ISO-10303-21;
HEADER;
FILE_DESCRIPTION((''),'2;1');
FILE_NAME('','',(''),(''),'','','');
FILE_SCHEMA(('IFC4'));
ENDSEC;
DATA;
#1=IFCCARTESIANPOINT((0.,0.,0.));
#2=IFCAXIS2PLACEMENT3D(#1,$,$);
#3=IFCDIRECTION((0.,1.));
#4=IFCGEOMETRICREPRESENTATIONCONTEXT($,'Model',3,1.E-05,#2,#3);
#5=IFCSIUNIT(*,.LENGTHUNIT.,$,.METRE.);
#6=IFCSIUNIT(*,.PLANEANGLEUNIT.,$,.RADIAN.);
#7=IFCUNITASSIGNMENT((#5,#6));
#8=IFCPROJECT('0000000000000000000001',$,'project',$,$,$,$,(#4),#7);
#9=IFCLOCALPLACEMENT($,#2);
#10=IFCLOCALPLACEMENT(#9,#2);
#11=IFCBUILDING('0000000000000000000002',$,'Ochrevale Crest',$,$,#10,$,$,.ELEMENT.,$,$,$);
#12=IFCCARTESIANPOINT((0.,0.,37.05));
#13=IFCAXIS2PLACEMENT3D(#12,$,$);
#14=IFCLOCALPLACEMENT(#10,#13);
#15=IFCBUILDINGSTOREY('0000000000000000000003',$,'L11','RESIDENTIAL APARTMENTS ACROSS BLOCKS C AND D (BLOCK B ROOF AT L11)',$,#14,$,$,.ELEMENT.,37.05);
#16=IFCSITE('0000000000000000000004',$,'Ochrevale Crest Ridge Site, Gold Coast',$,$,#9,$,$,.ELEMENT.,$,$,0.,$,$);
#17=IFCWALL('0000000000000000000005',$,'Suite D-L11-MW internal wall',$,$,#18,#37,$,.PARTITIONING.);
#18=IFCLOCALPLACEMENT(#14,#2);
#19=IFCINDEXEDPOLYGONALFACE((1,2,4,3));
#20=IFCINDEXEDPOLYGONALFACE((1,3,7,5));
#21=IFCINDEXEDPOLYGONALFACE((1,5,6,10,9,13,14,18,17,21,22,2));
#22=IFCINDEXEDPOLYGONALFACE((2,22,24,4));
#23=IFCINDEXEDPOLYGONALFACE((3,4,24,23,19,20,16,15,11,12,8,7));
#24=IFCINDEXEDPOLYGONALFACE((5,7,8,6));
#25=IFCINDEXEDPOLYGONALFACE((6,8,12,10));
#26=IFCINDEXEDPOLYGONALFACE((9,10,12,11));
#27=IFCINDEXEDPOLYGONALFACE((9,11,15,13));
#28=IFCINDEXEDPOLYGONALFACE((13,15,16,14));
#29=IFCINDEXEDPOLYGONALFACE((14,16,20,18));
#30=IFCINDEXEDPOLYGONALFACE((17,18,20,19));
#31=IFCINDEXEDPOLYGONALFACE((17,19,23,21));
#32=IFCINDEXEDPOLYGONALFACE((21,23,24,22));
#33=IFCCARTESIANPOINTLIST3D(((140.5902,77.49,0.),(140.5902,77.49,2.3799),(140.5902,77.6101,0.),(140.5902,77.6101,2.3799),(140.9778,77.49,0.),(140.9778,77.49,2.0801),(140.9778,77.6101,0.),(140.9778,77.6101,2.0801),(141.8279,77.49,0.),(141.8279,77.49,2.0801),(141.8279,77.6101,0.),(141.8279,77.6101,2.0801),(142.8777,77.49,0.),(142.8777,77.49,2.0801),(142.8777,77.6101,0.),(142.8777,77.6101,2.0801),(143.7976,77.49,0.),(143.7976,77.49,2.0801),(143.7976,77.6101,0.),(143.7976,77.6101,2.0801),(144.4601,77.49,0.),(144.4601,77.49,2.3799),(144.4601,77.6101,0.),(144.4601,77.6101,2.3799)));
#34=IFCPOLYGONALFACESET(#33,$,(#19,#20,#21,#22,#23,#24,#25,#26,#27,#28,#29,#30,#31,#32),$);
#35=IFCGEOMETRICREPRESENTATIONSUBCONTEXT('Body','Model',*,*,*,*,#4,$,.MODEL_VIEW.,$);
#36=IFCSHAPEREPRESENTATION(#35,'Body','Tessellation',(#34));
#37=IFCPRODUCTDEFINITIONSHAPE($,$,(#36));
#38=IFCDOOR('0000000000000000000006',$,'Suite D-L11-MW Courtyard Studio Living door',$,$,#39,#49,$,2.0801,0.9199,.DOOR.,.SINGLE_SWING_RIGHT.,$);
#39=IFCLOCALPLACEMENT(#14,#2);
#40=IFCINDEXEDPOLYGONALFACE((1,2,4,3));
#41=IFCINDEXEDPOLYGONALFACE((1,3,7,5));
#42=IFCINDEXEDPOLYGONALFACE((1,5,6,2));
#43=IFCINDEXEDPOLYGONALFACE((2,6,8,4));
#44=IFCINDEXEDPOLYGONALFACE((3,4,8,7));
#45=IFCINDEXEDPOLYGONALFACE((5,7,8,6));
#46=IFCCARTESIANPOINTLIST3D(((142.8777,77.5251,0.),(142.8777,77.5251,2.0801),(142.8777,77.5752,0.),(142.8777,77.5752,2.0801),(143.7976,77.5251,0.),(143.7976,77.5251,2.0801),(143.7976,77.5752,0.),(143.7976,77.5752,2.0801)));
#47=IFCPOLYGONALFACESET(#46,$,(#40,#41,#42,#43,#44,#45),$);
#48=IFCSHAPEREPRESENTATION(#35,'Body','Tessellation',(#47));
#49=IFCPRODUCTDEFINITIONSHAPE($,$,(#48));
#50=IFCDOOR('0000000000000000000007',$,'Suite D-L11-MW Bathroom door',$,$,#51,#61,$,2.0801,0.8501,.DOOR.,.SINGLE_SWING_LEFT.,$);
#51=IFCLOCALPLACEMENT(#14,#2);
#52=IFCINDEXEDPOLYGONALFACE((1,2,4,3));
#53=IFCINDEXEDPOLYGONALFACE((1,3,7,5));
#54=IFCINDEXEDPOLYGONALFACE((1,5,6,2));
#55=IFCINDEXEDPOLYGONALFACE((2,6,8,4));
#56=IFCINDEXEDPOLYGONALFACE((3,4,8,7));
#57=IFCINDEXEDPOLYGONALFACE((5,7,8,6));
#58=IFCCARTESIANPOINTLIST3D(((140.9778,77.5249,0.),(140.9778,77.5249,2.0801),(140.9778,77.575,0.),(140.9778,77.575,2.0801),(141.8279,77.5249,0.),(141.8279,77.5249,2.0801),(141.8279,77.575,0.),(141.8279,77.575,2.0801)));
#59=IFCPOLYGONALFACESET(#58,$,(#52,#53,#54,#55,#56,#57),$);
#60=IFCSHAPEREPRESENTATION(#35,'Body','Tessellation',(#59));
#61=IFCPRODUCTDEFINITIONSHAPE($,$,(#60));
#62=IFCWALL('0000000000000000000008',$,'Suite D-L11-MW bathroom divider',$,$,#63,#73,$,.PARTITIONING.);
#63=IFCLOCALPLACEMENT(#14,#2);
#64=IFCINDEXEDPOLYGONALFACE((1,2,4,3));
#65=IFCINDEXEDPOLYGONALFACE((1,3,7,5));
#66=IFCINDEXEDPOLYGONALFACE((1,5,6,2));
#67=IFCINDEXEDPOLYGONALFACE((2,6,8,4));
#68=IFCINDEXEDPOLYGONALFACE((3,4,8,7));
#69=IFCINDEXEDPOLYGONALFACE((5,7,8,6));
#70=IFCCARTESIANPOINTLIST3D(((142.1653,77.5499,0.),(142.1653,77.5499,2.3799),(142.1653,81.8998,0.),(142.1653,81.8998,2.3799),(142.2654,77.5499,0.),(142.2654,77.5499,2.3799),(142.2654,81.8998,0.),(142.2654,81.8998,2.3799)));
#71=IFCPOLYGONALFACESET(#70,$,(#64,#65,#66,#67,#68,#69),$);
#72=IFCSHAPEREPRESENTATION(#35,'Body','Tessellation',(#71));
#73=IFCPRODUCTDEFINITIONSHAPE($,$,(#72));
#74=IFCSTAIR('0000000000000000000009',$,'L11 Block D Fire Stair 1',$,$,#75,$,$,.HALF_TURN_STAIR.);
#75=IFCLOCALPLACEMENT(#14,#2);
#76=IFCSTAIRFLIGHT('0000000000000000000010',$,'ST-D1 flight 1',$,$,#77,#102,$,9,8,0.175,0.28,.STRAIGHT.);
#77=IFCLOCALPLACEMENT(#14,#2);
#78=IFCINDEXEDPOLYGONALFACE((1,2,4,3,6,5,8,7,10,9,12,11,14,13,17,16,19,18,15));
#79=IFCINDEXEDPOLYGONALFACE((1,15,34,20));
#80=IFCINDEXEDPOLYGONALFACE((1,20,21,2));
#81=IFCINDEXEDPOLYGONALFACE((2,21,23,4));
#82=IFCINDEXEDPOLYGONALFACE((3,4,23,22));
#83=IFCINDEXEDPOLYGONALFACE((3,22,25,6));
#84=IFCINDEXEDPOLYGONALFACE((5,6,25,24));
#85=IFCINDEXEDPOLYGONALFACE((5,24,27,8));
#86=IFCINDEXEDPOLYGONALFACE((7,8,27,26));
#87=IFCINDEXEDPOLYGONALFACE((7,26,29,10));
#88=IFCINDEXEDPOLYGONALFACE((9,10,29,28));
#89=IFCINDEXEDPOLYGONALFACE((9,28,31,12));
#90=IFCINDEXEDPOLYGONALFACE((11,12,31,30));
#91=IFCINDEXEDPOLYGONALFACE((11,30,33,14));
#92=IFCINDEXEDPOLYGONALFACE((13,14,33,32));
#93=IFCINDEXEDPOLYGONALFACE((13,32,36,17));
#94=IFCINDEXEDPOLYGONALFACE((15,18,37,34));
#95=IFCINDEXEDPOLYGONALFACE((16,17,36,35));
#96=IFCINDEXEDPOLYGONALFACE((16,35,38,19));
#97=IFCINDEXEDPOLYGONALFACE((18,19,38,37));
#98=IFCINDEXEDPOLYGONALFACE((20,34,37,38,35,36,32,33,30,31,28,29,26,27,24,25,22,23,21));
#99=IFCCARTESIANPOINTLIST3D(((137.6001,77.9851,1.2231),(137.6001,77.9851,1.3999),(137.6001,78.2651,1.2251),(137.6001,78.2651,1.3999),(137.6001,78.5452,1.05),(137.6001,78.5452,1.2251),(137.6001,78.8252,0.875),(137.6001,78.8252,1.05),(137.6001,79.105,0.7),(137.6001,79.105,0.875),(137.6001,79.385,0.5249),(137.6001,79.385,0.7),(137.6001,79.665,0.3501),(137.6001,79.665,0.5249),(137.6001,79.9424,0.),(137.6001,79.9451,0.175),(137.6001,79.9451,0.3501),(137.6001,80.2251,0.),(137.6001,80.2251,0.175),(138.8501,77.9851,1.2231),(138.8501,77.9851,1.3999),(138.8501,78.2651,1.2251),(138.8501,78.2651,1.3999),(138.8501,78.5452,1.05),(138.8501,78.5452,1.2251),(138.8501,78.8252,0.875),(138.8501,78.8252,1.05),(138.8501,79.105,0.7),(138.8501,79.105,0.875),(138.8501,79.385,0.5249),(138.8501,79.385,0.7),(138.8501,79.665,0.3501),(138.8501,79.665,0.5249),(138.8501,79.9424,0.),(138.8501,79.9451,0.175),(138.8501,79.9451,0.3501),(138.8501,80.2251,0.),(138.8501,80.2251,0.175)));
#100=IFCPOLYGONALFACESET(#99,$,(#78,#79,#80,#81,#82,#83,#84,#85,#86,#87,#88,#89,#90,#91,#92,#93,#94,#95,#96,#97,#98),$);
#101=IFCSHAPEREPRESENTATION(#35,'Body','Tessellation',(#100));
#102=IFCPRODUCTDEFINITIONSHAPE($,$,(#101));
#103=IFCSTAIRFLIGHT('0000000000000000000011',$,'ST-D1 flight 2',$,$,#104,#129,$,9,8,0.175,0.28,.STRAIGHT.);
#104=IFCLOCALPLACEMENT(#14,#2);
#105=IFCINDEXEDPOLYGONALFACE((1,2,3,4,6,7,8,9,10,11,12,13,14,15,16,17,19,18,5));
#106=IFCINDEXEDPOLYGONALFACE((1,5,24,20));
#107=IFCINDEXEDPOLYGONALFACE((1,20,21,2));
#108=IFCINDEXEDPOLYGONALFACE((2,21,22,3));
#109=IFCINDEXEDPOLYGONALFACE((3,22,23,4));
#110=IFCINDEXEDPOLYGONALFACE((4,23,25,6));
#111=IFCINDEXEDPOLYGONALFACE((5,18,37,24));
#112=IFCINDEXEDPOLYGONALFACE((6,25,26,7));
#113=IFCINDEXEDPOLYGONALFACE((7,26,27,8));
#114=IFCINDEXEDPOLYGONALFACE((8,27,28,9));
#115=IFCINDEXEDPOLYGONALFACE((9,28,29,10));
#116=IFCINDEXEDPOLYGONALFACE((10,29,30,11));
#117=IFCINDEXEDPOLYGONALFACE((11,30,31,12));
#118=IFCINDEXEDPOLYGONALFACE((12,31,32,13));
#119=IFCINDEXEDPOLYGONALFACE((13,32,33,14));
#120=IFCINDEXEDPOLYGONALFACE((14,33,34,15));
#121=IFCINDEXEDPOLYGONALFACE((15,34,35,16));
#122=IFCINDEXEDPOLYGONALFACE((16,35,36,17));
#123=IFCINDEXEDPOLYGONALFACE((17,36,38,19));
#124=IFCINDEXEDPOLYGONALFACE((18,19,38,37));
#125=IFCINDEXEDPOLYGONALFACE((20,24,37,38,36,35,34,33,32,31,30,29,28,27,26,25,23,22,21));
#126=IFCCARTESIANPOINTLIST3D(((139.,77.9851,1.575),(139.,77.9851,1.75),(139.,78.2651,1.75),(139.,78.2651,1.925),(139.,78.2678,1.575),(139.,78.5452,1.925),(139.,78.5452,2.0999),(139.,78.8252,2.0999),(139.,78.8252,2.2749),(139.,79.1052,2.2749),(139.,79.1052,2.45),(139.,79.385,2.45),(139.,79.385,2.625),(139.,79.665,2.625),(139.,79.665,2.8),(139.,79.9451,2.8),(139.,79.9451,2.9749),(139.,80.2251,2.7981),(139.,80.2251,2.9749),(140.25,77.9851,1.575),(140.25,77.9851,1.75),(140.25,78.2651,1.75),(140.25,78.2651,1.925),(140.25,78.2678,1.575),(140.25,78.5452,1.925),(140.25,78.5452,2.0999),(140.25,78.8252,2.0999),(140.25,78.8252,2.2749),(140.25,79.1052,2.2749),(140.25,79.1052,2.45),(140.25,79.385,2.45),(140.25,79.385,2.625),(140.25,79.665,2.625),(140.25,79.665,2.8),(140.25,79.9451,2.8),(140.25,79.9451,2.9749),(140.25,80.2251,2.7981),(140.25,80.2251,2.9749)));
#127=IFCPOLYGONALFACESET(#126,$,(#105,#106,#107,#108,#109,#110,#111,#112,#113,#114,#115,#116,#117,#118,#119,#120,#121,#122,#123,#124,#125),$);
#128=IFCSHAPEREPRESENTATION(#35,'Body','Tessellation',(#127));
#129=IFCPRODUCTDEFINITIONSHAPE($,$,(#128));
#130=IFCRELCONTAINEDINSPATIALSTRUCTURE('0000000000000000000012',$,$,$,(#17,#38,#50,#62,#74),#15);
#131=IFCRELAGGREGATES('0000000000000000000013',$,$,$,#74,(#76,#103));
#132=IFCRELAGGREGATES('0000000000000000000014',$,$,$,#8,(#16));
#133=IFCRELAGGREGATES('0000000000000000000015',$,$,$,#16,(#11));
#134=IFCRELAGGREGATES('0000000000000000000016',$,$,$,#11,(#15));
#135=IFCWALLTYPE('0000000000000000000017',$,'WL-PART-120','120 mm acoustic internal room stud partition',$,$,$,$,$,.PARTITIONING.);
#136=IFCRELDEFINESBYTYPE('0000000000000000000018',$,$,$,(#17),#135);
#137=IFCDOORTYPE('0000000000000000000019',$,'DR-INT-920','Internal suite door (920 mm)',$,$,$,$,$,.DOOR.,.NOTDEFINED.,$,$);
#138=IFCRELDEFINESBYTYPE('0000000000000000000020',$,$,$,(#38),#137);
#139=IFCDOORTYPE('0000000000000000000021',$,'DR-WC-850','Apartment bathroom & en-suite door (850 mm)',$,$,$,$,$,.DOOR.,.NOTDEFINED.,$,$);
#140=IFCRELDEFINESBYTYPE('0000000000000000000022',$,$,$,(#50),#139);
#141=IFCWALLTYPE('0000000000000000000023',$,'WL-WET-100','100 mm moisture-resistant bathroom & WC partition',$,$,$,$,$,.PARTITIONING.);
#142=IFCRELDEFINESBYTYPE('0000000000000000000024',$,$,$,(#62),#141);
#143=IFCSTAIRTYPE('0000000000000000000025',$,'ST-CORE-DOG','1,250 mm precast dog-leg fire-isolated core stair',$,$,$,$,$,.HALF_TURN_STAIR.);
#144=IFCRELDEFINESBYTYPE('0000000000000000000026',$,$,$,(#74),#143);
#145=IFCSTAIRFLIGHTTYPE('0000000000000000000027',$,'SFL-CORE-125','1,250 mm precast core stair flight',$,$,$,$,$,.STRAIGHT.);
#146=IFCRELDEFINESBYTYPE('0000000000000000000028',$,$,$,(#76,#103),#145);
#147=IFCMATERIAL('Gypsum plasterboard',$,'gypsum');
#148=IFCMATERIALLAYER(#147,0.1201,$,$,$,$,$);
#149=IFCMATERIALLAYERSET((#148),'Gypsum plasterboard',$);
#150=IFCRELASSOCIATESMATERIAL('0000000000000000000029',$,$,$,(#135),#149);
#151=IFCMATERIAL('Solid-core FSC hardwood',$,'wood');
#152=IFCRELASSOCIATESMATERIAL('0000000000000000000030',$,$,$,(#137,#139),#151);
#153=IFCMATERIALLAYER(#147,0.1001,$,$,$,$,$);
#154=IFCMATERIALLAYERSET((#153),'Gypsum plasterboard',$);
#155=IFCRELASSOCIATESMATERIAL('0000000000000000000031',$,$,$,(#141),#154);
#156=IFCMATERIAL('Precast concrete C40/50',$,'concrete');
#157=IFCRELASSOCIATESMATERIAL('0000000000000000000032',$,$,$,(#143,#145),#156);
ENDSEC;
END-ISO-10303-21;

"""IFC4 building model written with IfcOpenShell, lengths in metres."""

from ifc_helpers import new_model, si_unit, direction, frame, frame_2d, origin, place, context, subcontext, project, spatial, polyline, rectangle, outline, extrude, material, layer, layer_set, type_object, element, fill, aggregate, save


model = new_model("IFC4")

# Units and contexts
model_context = context("Model", 3, precision=1e-05, world=origin(), true_north=direction((0.0, 1.0)))
body_context = subcontext(model_context, "Body", "Model", "MODEL_VIEW")
ifc_project = project(units=[si_unit("LENGTHUNIT", "METRE"), si_unit("PLANEANGLEUNIT", "RADIAN")], contexts=[model_context])

# Site, building, storey
site_placement = place(None, origin())
site = spatial("IfcSite", under=ifc_project, at=site_placement, Name="Ochrevale Crest Ridge Site, Gold Coast", CompositionType="ELEMENT", RefElevation=0.0)
building_placement = place(site_placement, origin())
building = spatial("IfcBuilding", under=site, at=building_placement, Name="Ochrevale Crest", CompositionType="ELEMENT")
storey_placement = place(building_placement, frame((0.0, 0.0, 37.05)))
storey = spatial("IfcBuildingStorey", under=building, at=storey_placement, Name="L11", Description="RESIDENTIAL APARTMENTS ACROSS BLOCKS C AND D (BLOCK B ROOF AT L11)", CompositionType="ELEMENT", Elevation=37.05)

# Shared definitions
ifc_material_1 = material(Name="Precast concrete C40/50", Category="concrete")

# Wall, openings, doors
ifc_material_2 = material(Name="Gypsum plasterboard", Category="gypsum")
ifc_layer_1 = layer(ifc_material_2, 0.1201)
ifc_layer_set_1 = layer_set([ifc_layer_1], Name="Gypsum plasterboard")
wall_type_1 = type_object("IfcWallType", Name="WL-PART-120", Description="120 mm acoustic internal room stud partition", PredefinedType="PARTITIONING", material=ifc_layer_set_1)
wall_1_placement = place(storey_placement, frame((140.5901, 77.55, 0.0), z_axis=(0.0, 0.0, 1.0), x_axis=(1.0, 0.0, 0.0)))
wall_1 = element("IfcWall", 1, at=wall_1_placement, inside=storey, type_object=wall_type_1, Name="Suite D-L11-MW internal wall", PredefinedType="PARTITIONING", context=body_context, shape_type="SweptSolid", body=[
    extrude(rectangle(XDim=3.8699, YDim=0.1201, at=frame_2d((1.9351, 0.0))), origin(), (0.0, 0.0, 1.0), 2.3799),
])
opening_1_placement = place(wall_1_placement, frame((0.3877, 0.0, 0.0)))
opening_1 = element("IfcOpeningElement", 2, at=opening_1_placement, cuts=wall_1, PredefinedType="OPENING", context=body_context, shape_type="SweptSolid", body=[
    extrude(rectangle(XDim=0.8501, YDim=2.0801, at=frame_2d((0.425, 1.04))), frame((0.0, 0.0701, 0.0), z_axis=(0.0, -1.0, 0.0), x_axis=(1.0, 0.0, 0.0)), (0.0, 0.0, 1.0), 0.1401),
])
opening_2_placement = place(wall_1_placement, frame((3.2075, 0.0, 0.0), z_axis=(0.0, 0.0, 1.0), x_axis=(-1.0, 0.0, 0.0)))
opening_2 = element("IfcOpeningElement", 3, at=opening_2_placement, cuts=wall_1, PredefinedType="OPENING", context=body_context, shape_type="SweptSolid", body=[
    extrude(rectangle(XDim=0.9199, YDim=2.0801, at=frame_2d((0.46, 1.04))), frame((0.0, 0.0701, 0.0), z_axis=(0.0, -1.0, 0.0), x_axis=(1.0, 0.0, 0.0)), (0.0, 0.0, 1.0), 0.1401),
])
ifc_material_3 = material(Name="Solid-core FSC hardwood", Category="wood")
door_type_1 = type_object("IfcDoorType", Name="DR-INT-920", Description="Internal suite door (920 mm)", OperationType="NOTDEFINED", PredefinedType="DOOR", material=ifc_material_3)
door_1_placement = place(opening_2_placement, origin())
door_1 = element("IfcDoor", 4, at=door_1_placement, inside=storey, type_object=door_type_1, Name="Suite D-L11-MW Courtyard Studio Living door", OperationType="SINGLE_SWING_RIGHT", OverallHeight=2.0801, OverallWidth=0.9199, PredefinedType="DOOR", context=body_context, shape_type="SweptSolid", body=[
    extrude(rectangle(XDim=0.9199, YDim=2.0801, at=frame_2d((0.46, 1.04))), frame((0.0, 0.0249, 0.0), z_axis=(0.0, -1.0, 0.0), x_axis=(1.0, 0.0, 0.0)), (0.0, 0.0, 1.0), 0.05),
])
fill(opening_2, door_1)
door_type_2 = type_object("IfcDoorType", Name="DR-WC-850", Description="Apartment bathroom & en-suite door (850 mm)", OperationType="NOTDEFINED", PredefinedType="DOOR", material=ifc_material_3)
door_2_placement = place(opening_1_placement, origin())
door_2 = element("IfcDoor", 5, at=door_2_placement, inside=storey, type_object=door_type_2, Name="Suite D-L11-MW Bathroom door", OperationType="SINGLE_SWING_LEFT", OverallHeight=2.0801, OverallWidth=0.8501, PredefinedType="DOOR", context=body_context, shape_type="SweptSolid", body=[
    extrude(rectangle(XDim=0.8501, YDim=2.0801, at=frame_2d((0.425, 1.04))), frame((0.0, 0.0249, 0.0), z_axis=(0.0, -1.0, 0.0), x_axis=(1.0, 0.0, 0.0)), (0.0, 0.0, 1.0), 0.05),
])
fill(opening_1, door_2)

# Wall
ifc_layer_2 = layer(ifc_material_2, 0.1001)
ifc_layer_set_2 = layer_set([ifc_layer_2], Name="Gypsum plasterboard")
wall_type_2 = type_object("IfcWallType", Name="WL-WET-100", Description="100 mm moisture-resistant bathroom & WC partition", PredefinedType="PARTITIONING", material=ifc_layer_set_2)
wall_2_placement = place(storey_placement, frame((142.2153, 77.55, 0.0), z_axis=(0.0, 0.0, 1.0), x_axis=(0.0, 1.0, 0.0)))
element("IfcWall", 6, at=wall_2_placement, inside=storey, type_object=wall_type_2, Name="Suite D-L11-MW bathroom divider", PredefinedType="PARTITIONING", context=body_context, shape_type="SweptSolid", body=[
    extrude(rectangle(XDim=4.3499, YDim=0.1001, at=frame_2d((2.1748, 0.0))), origin(), (0.0, 0.0, 1.0), 2.3799),
])

# Stair, stair flights
stair_type = type_object("IfcStairType", Name="ST-CORE-DOG", Description="1,250 mm precast dog-leg fire-isolated core stair", PredefinedType="HALF_TURN_STAIR", material=ifc_material_1)
stair_placement = place(storey_placement, origin())
stair = element("IfcStair", 7, at=stair_placement, inside=storey, type_object=stair_type, Name="L11 Block D Fire Stair 1", PredefinedType="HALF_TURN_STAIR")
stair_flight_type = type_object("IfcStairFlightType", Name="SFL-CORE-125", Description="1,250 mm precast core stair flight", PredefinedType="STRAIGHT", material=ifc_material_1)
stair_flight_1_placement = place(storey_placement, frame((138.2251, 80.2251, 0.0), z_axis=(0.0, 0.0, 1.0), x_axis=(0.0, -1.0, 0.0)))
stair_flight_1 = element("IfcStairFlight", 8, at=stair_flight_1_placement, type_object=stair_flight_type, Name="ST-D1 flight 1", NumberOfRisers=9, NumberOfTreads=8, PredefinedType="STRAIGHT", RiserHeight=0.175, TreadLength=0.28, context=body_context, shape_type="SweptSolid", body=[
    extrude(outline(polyline([(0.0, 0.0), (0.0, 0.175), (0.28, 0.175), (0.28, 0.3501), (0.5601, 0.3501), (0.5601, 0.5249), (0.8401, 0.5249), (0.8401, 0.7), (1.1201, 0.7), (1.1201, 0.875), (1.3999, 0.875), (1.3999, 1.05), (1.6799, 1.05), (1.6799, 1.2251), (1.96, 1.2251), (1.96, 1.3999), (2.24, 1.3999), (2.24, 1.575), (2.24, 1.2231), (0.2827, 0.0), (0.0, 0.0)])), frame((0.0, 0.625, 0.0), z_axis=(0.0, -1.0, 0.0), x_axis=(1.0, 0.0, 0.0)), (0.0, 0.0, 1.0), 1.25),
])
stair_flight_2_placement = place(storey_placement, frame((139.625, 77.9851, 1.575), z_axis=(0.0, 0.0, 1.0), x_axis=(0.0, 1.0, 0.0)))
stair_flight_2 = element("IfcStairFlight", 9, at=stair_flight_2_placement, type_object=stair_flight_type, Name="ST-D1 flight 2", NumberOfRisers=9, NumberOfTreads=8, PredefinedType="STRAIGHT", RiserHeight=0.175, TreadLength=0.28, context=body_context, shape_type="SweptSolid", body=[
    extrude(outline(polyline([(0.0, 0.0), (0.0, 0.175), (0.28, 0.175), (0.28, 0.3501), (0.5601, 0.3501), (0.5601, 0.5249), (0.8401, 0.5249), (0.8401, 0.7), (1.1201, 0.7), (1.1201, 0.875), (1.3999, 0.875), (1.3999, 1.05), (1.6799, 1.05), (1.6799, 1.2251), (1.96, 1.2251), (1.96, 1.3999), (2.24, 1.3999), (2.24, 1.575), (2.24, 1.2231), (0.2827, 0.0), (0.0, 0.0)])), frame((0.0, 0.625, 0.0), z_axis=(0.0, -1.0, 0.0), x_axis=(1.0, 0.0, 0.0)), (0.0, 0.0, 1.0), 1.25),
])
aggregate(stair, [stair_flight_1, stair_flight_2])

save(model, "model.ifc")
